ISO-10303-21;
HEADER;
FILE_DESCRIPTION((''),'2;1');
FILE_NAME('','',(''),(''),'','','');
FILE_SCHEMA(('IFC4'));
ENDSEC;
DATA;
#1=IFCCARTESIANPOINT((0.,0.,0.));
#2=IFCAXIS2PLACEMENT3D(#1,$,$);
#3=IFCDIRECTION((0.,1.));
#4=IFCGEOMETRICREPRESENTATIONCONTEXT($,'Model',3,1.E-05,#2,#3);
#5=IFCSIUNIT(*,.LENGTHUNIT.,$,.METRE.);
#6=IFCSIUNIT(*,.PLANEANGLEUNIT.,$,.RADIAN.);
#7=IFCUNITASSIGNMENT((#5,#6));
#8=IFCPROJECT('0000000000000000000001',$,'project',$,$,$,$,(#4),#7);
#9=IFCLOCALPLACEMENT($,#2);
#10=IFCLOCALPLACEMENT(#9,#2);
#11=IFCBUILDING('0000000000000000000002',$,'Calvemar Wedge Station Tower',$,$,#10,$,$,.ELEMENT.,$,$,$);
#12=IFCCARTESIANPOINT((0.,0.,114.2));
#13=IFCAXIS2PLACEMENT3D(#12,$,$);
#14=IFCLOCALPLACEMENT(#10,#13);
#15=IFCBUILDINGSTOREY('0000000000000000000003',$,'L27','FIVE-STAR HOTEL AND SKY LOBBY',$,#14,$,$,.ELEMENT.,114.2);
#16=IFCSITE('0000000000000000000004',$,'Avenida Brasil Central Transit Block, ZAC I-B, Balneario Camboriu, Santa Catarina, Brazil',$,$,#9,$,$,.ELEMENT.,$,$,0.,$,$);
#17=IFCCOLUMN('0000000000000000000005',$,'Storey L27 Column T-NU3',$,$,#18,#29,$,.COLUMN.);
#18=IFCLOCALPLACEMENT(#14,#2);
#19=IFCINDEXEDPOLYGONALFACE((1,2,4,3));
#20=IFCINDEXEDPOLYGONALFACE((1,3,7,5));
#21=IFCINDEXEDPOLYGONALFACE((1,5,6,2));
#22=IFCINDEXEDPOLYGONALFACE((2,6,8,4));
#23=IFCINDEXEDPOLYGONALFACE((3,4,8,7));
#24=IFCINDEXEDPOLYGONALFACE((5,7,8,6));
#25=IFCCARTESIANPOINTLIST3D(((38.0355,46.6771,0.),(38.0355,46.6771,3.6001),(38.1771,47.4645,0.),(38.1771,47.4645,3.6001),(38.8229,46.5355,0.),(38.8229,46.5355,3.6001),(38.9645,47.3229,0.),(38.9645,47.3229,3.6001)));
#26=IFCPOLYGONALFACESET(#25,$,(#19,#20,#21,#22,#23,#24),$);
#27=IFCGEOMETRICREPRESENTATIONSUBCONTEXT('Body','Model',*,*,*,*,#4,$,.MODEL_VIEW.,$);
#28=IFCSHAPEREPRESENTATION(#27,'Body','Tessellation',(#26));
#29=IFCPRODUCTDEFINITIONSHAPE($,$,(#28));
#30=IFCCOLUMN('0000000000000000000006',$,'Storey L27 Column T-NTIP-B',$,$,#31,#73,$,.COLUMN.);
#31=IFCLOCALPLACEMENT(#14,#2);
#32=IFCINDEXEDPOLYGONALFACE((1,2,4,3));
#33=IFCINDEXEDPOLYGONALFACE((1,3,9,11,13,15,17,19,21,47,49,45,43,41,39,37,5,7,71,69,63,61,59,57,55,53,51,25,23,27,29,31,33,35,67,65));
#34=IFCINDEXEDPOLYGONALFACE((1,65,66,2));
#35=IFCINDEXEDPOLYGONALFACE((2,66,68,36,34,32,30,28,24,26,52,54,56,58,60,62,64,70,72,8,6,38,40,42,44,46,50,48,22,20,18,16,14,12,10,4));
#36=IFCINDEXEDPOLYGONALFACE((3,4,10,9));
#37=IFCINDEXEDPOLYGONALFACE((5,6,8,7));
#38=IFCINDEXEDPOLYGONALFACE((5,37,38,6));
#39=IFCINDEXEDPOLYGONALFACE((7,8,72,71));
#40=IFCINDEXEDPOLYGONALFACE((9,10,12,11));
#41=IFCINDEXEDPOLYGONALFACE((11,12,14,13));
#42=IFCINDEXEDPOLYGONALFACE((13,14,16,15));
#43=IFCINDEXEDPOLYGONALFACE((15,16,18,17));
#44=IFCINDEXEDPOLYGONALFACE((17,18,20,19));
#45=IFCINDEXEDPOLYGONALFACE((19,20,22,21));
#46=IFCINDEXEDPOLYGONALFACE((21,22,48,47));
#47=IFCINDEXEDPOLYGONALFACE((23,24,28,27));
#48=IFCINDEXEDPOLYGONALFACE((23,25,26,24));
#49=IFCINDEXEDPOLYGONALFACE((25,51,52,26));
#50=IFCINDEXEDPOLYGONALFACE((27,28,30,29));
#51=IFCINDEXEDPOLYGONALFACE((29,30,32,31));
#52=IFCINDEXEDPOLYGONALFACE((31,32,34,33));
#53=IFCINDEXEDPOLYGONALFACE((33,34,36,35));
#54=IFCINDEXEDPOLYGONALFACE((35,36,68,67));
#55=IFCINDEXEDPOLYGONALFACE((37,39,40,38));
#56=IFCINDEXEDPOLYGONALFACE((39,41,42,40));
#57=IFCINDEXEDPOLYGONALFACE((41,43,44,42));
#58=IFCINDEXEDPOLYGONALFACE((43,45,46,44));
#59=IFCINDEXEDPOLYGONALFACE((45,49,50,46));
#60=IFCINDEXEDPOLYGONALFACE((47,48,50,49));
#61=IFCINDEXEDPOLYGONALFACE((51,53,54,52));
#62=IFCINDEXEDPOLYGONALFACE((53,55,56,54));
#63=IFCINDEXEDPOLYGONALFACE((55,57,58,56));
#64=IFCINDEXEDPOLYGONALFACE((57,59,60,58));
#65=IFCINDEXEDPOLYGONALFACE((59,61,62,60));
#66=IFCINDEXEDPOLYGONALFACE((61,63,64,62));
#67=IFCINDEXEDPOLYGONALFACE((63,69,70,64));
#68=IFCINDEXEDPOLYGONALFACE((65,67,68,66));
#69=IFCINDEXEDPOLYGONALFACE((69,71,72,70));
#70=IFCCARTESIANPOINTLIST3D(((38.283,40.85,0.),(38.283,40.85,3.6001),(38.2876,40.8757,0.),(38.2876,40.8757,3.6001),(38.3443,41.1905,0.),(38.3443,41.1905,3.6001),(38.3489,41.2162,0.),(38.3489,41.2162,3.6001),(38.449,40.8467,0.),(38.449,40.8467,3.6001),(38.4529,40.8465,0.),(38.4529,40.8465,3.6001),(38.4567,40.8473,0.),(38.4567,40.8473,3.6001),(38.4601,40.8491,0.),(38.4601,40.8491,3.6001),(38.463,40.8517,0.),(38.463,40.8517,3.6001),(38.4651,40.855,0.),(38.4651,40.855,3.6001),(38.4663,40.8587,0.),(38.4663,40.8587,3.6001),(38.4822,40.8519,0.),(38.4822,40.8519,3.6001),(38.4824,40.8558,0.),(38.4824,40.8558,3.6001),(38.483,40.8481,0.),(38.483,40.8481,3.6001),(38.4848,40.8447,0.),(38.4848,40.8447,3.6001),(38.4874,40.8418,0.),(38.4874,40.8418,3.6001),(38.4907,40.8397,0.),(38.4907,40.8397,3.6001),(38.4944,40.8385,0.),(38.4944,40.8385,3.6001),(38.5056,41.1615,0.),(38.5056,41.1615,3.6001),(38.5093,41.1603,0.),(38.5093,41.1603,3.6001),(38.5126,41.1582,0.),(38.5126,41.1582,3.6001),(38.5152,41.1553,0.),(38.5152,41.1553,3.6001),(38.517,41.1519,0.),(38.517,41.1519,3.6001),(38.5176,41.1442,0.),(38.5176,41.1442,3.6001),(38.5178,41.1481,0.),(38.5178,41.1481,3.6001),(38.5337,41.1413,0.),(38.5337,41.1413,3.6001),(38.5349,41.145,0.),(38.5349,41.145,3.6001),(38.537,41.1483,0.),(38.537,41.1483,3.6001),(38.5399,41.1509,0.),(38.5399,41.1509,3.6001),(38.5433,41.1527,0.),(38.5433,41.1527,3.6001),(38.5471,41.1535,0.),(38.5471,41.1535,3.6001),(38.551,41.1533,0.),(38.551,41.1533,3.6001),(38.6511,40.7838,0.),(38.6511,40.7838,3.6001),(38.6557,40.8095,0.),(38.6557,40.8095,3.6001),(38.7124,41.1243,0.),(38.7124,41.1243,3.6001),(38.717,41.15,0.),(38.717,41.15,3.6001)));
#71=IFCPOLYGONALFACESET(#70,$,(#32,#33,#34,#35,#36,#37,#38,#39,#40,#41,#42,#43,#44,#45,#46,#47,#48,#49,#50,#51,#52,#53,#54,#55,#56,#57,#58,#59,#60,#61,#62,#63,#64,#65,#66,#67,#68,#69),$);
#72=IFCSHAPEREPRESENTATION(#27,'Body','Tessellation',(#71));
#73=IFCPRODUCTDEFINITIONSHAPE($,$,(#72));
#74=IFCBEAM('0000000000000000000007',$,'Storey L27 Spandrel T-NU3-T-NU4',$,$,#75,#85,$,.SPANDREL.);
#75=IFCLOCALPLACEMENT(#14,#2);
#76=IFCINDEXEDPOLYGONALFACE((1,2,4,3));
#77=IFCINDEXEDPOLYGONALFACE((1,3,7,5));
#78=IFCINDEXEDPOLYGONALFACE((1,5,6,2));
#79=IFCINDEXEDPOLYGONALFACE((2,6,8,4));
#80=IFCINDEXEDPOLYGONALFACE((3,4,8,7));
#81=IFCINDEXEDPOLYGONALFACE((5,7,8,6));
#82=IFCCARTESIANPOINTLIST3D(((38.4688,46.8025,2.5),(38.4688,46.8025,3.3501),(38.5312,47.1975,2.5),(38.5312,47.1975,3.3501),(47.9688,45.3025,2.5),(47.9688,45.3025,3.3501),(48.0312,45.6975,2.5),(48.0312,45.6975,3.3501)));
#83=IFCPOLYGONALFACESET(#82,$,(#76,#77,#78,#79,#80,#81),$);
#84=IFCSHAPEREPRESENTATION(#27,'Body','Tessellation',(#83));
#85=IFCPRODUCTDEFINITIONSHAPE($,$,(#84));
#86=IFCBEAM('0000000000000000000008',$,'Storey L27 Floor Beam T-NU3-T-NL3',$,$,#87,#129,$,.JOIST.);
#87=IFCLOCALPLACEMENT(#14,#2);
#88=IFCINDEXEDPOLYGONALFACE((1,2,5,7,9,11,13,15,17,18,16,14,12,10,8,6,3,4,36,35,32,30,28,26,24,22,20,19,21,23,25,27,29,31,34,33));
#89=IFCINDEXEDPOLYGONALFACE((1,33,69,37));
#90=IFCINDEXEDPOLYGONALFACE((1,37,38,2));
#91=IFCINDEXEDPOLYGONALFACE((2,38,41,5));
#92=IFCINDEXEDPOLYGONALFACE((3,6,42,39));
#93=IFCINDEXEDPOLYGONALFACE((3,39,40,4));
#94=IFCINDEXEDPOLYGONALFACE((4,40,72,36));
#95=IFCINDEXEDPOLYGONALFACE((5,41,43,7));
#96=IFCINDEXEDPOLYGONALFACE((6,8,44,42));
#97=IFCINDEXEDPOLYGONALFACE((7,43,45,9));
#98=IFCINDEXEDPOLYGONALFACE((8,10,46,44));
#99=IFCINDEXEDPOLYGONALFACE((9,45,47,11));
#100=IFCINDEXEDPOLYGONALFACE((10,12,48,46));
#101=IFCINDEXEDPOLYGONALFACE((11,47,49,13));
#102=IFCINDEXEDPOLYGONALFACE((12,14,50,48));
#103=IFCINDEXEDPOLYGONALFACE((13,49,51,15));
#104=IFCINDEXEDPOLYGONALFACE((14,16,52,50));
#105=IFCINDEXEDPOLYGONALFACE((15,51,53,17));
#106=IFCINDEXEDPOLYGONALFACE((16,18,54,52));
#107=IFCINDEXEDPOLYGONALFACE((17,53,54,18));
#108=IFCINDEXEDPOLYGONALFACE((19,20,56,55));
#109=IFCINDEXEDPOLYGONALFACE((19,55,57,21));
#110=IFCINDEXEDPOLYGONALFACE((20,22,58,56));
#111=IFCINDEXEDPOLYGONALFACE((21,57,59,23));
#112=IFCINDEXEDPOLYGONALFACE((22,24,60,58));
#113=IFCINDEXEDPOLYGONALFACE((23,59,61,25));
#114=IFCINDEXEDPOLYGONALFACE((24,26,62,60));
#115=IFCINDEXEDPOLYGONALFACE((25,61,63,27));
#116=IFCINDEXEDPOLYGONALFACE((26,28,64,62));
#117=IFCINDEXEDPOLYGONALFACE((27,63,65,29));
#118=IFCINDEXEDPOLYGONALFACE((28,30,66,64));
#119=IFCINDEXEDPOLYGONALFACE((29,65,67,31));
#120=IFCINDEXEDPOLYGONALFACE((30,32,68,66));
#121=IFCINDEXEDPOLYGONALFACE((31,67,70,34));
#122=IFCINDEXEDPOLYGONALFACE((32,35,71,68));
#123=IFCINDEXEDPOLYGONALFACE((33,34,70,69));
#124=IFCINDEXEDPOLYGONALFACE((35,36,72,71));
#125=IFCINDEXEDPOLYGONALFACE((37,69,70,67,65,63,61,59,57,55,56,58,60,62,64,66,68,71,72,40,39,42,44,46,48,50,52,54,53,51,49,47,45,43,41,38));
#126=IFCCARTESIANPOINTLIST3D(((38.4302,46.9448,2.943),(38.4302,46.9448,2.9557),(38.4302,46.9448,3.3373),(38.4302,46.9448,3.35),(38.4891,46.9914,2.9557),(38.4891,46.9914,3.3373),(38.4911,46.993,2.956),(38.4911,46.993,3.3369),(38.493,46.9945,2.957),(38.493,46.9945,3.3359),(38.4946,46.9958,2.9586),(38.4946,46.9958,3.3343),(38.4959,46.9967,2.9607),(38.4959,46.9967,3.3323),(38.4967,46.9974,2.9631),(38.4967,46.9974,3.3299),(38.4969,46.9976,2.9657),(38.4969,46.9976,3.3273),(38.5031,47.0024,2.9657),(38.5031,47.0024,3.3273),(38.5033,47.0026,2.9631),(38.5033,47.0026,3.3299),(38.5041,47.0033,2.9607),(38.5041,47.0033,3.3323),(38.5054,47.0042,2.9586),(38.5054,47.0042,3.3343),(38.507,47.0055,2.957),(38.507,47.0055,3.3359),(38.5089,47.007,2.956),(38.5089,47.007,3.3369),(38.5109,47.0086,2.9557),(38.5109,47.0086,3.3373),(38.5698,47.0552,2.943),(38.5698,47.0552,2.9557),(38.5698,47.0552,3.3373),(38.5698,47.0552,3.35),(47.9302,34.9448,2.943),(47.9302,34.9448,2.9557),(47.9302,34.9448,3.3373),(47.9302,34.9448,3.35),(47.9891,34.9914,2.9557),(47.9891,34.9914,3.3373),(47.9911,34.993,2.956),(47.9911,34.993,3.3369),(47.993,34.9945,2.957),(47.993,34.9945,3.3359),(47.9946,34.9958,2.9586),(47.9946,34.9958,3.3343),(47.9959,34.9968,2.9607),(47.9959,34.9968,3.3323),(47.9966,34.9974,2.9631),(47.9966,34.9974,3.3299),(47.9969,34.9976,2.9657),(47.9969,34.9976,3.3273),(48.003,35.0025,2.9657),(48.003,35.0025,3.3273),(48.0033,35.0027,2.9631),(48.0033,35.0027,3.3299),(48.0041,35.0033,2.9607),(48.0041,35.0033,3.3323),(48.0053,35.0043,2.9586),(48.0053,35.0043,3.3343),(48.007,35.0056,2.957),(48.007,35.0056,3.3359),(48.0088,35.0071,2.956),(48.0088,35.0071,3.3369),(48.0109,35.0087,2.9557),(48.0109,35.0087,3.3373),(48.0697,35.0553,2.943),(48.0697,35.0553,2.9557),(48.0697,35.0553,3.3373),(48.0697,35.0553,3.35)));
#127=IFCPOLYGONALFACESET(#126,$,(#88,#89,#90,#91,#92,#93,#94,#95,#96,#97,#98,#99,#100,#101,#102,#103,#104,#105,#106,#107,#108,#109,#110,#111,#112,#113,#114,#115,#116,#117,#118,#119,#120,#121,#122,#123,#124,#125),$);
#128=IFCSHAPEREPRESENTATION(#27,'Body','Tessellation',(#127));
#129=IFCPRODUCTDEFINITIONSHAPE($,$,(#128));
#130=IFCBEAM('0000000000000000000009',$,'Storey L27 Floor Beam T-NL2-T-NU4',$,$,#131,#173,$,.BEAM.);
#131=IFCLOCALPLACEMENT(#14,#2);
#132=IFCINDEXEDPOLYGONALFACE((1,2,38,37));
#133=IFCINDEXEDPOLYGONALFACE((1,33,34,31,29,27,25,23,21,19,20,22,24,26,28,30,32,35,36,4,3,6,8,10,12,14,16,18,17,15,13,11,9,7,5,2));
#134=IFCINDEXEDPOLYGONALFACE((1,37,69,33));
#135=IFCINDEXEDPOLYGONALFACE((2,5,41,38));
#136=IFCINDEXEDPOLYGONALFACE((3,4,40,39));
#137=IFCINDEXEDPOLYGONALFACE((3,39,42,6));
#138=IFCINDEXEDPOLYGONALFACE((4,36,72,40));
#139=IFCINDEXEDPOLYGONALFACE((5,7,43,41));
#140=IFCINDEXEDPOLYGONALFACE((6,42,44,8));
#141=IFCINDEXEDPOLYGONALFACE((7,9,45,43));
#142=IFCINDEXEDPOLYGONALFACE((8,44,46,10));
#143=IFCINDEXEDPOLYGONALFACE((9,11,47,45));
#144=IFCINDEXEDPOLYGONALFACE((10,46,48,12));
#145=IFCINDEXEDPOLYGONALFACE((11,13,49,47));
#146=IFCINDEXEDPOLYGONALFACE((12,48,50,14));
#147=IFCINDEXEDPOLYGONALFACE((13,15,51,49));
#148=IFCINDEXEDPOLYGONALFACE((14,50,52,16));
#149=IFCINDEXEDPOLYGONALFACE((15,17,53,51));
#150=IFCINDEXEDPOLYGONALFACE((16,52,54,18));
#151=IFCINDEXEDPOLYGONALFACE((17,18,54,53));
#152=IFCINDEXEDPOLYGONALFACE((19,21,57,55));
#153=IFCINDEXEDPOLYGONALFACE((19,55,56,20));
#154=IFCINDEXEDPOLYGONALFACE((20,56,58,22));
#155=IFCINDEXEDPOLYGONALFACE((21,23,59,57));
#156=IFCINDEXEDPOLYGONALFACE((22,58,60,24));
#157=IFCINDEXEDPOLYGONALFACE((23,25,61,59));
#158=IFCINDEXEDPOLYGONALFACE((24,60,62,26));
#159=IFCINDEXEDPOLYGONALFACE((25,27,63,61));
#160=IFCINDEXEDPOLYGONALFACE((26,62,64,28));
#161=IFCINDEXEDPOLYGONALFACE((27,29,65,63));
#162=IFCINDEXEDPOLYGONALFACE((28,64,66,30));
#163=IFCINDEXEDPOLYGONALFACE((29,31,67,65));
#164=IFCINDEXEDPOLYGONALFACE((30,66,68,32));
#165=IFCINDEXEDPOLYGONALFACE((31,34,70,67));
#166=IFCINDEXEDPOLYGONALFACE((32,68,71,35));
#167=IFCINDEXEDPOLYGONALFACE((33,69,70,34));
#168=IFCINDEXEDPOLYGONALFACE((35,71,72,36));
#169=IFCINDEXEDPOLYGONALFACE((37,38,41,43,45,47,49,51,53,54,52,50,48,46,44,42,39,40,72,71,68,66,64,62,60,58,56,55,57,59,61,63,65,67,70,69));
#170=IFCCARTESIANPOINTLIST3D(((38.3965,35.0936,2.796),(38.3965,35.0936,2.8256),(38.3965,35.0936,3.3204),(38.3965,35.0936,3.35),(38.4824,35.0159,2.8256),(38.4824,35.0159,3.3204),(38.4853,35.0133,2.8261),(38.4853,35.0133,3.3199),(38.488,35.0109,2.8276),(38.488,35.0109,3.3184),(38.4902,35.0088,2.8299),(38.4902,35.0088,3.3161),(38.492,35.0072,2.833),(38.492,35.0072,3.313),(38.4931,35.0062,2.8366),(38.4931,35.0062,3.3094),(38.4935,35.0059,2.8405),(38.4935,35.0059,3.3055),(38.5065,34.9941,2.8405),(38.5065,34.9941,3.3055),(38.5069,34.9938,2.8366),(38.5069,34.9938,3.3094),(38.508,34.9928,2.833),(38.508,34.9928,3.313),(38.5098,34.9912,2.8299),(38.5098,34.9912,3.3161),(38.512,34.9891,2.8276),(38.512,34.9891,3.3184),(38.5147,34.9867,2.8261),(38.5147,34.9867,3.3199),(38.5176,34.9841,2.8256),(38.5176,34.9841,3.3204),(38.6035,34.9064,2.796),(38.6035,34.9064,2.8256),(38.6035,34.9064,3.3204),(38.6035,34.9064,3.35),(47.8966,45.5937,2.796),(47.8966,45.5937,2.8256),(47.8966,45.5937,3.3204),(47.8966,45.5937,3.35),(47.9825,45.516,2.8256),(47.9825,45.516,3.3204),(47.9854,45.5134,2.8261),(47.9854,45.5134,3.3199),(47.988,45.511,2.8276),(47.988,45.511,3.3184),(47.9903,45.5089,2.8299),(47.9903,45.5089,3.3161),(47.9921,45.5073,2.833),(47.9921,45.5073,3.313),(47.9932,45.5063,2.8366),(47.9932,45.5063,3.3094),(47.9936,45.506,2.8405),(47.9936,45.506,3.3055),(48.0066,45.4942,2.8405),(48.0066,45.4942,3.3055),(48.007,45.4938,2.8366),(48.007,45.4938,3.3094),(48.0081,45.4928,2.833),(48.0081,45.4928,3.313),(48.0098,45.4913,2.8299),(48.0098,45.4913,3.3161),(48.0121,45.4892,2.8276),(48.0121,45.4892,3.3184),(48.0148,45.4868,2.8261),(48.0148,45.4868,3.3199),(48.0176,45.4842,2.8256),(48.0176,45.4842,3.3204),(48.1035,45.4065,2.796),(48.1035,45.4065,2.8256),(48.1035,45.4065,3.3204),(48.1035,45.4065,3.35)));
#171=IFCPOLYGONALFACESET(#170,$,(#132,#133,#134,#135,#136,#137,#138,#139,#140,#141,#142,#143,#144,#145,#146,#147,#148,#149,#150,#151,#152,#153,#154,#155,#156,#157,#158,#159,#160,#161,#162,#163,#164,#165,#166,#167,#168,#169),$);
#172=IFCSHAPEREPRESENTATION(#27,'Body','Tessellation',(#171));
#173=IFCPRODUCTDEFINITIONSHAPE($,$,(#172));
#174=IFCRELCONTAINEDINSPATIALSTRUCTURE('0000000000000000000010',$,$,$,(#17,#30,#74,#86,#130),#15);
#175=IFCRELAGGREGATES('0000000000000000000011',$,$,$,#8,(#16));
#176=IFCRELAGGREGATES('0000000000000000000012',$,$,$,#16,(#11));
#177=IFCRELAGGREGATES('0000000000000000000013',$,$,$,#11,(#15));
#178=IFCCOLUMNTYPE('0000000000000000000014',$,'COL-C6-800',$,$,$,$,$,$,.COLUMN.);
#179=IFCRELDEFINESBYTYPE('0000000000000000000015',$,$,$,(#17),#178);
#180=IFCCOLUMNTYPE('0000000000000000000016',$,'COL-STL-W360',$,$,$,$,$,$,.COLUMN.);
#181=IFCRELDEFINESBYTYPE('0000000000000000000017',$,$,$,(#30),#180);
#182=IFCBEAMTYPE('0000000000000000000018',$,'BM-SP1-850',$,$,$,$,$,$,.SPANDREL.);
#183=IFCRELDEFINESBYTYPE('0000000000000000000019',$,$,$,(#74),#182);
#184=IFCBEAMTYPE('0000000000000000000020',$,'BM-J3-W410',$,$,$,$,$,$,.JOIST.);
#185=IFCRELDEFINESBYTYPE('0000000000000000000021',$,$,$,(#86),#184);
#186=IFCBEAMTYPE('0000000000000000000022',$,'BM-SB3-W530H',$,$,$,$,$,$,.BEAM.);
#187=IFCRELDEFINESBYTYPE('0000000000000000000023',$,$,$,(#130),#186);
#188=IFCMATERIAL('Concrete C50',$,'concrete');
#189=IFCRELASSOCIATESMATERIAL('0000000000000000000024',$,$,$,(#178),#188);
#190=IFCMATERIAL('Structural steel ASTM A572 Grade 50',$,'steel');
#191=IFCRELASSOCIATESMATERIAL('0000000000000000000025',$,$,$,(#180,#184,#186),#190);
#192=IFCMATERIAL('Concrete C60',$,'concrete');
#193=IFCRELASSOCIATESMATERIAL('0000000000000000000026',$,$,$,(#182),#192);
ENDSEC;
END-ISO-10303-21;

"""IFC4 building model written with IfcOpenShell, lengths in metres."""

from ifc_helpers import new_model, si_unit, direction, frame, origin, origin_2d, place, context, subcontext, project, spatial, rectangle, i_section, extrude, source, transform, mapped, material, material_profile, profile_set, type_object, element, save


model = new_model("IFC4")

# Units and contexts
model_context = context("Model", 3, precision=1e-05, world=origin(), true_north=direction((0.0, 1.0)))
body_context = subcontext(model_context, "Body", "Model", "MODEL_VIEW")
ifc_project = project(units=[si_unit("LENGTHUNIT", "METRE"), si_unit("PLANEANGLEUNIT", "RADIAN")], contexts=[model_context])

# Site, building, storey
site_placement = place(None, origin())
site = spatial("IfcSite", under=ifc_project, at=site_placement, Name="Avenida Brasil Central Transit Block, ZAC I-B, Balneario Camboriu, Santa Catarina, Brazil", CompositionType="ELEMENT", RefElevation=0.0)
building_placement = place(site_placement, origin())
building = spatial("IfcBuilding", under=site, at=building_placement, Name="Calvemar Wedge Station Tower", CompositionType="ELEMENT")
storey_placement = place(building_placement, frame((0.0, 0.0, 114.2)))
storey = spatial("IfcBuildingStorey", under=building, at=storey_placement, Name="L27", Description="FIVE-STAR HOTEL AND SKY LOBBY", CompositionType="ELEMENT", Elevation=114.2)

# Columns
ifc_material_1 = material(Name="Concrete C50", Category="concrete")
ifc_material_profile_1 = material_profile(ifc_material_1, rectangle(XDim=0.8, YDim=0.8, at=origin_2d()), Name="RC800x800")
ifc_profile_set_1 = profile_set([ifc_material_profile_1], Name="Concrete C50")
column_type_1 = type_object("IfcColumnType", Name="COL-C6-800", PredefinedType="COLUMN", material=ifc_profile_set_1)
shared_shape_1 = source(origin(), body_context, "Body", "SweptSolid", [
    extrude(rectangle(XDim=0.8, YDim=0.8, at=origin_2d()), origin(), (0.0, 0.0, 1.0), 3.6001),
])
column_1_placement = place(storey_placement, frame((38.5, 47.0, 0.0), z_axis=(0.0, 0.0, 1.0), x_axis=(0.984196, -0.177085, 0.0)))
element("IfcColumn", 1, at=column_1_placement, inside=storey, type_object=column_type_1, Name="Storey L27 Column T-NU3", PredefinedType="COLUMN", context=body_context, shape_type="MappedRepresentation", body=[
    mapped(shared_shape_1, transform((0.0, 0.0, 0.0), scale=1.0)),
])
ifc_material_2 = material(Name="Structural steel ASTM A572 Grade 50", Category="steel")
ifc_material_profile_2 = material_profile(ifc_material_2, i_section(OverallWidth=0.374, OverallDepth=0.3721, WebThickness=0.0164, FlangeThickness=0.0261, FilletRadius=0.0149, at=origin_2d()), Name="W360x196")
ifc_profile_set_2 = profile_set([ifc_material_profile_2], Name="Structural steel ASTM A572 Grade 50")
column_type_2 = type_object("IfcColumnType", Name="COL-STL-W360", PredefinedType="COLUMN", material=ifc_profile_set_2)
shared_shape_2 = source(origin(), body_context, "Body", "SweptSolid", [
    extrude(i_section(OverallWidth=0.374, OverallDepth=0.3721, WebThickness=0.0164, FlangeThickness=0.0261, FilletRadius=0.0149, at=origin_2d()), origin(), (0.0, 0.0, 1.0), 3.6001),
])
column_2_placement = place(storey_placement, frame((38.5, 41.0, 0.0), z_axis=(0.0, 0.0, 1.0), x_axis=(0.984196, -0.177085, 0.0)))
element("IfcColumn", 2, at=column_2_placement, inside=storey, type_object=column_type_2, Name="Storey L27 Column T-NTIP-B", PredefinedType="COLUMN", context=body_context, shape_type="MappedRepresentation", body=[
    mapped(shared_shape_2, transform((0.0, 0.0, 0.0), scale=1.0)),
])

# Beams
ifc_material_3 = material(Name="Concrete C60", Category="concrete")
ifc_material_profile_3 = material_profile(ifc_material_3, rectangle(XDim=0.3999, YDim=0.8501, at=origin_2d()), Name="RC400x850")
ifc_profile_set_3 = profile_set([ifc_material_profile_3], Name="Concrete C60")
beam_type_1 = type_object("IfcBeamType", Name="BM-SP1-850", PredefinedType="SPANDREL", material=ifc_profile_set_3)
shared_shape_3 = source(origin(), body_context, "Body", "SweptSolid", [
    extrude(rectangle(XDim=0.3999, YDim=0.8501, at=origin_2d()), origin(), (0.0, 0.0, 1.0), 9.6177),
])
beam_1_placement = place(storey_placement, frame((38.5, 47.0, 2.925), z_axis=(0.987763, -0.155963, 0.0), x_axis=(0.155963, 0.987763, 0.0)))
element("IfcBeam", 3, at=beam_1_placement, inside=storey, type_object=beam_type_1, Name="Storey L27 Spandrel T-NU3-T-NU4", PredefinedType="SPANDREL", context=body_context, shape_type="MappedRepresentation", body=[
    mapped(shared_shape_3, transform((0.0, 0.0, 0.0), scale=1.0)),
])
ifc_material_profile_4 = material_profile(ifc_material_2, i_section(OverallWidth=0.178, OverallDepth=0.407, WebThickness=0.0078, FlangeThickness=0.0127, FilletRadius=0.01, at=origin_2d()), Name="W410x60")
ifc_profile_set_4 = profile_set([ifc_material_profile_4], Name="Structural steel ASTM A572 Grade 50")
beam_type_2 = type_object("IfcBeamType", Name="BM-J3-W410", PredefinedType="JOIST", material=ifc_profile_set_4)
shared_shape_4 = source(origin(), body_context, "Body", "SweptSolid", [
    extrude(i_section(OverallWidth=0.178, OverallDepth=0.407, WebThickness=0.0078, FlangeThickness=0.0127, FilletRadius=0.01, at=origin_2d()), origin(), (0.0, 0.0, 1.0), 15.3052),
])
beam_2_placement = place(storey_placement, frame((38.5, 47.0, 3.1465), z_axis=(0.620703, -0.784046, 0.0), x_axis=(0.784046, 0.620703, 0.0)))
element("IfcBeam", 4, at=beam_2_placement, inside=storey, type_object=beam_type_2, Name="Storey L27 Floor Beam T-NU3-T-NL3", PredefinedType="JOIST", context=body_context, shape_type="MappedRepresentation", body=[
    mapped(shared_shape_4, transform((0.0, 0.0, 0.0), scale=1.0)),
])
ifc_material_profile_5 = material_profile(ifc_material_2, i_section(OverallWidth=0.2791, OverallDepth=0.554, WebThickness=0.0176, FlangeThickness=0.0295, FilletRadius=0.0149, at=origin_2d()), Name="W530x196")
ifc_profile_set_5 = profile_set([ifc_material_profile_5], Name="Structural steel ASTM A572 Grade 50")
beam_type_3 = type_object("IfcBeamType", Name="BM-SB3-W530H", PredefinedType="BEAM", material=ifc_profile_set_5)
shared_shape_5 = source(origin(), body_context, "Body", "SweptSolid", [
    extrude(i_section(OverallWidth=0.2791, OverallDepth=0.554, WebThickness=0.0176, FlangeThickness=0.0295, FilletRadius=0.0149, at=origin_2d()), origin(), (0.0, 0.0, 1.0), 14.1599),
])
beam_3_placement = place(storey_placement, frame((38.5, 35.0, 3.073), z_axis=(0.670913, 0.741536, 0.0), x_axis=(-0.741536, 0.670913, 0.0)))
element("IfcBeam", 5, at=beam_3_placement, inside=storey, type_object=beam_type_3, Name="Storey L27 Floor Beam T-NL2-T-NU4", PredefinedType="BEAM", context=body_context, shape_type="MappedRepresentation", body=[
    mapped(shared_shape_5, transform((0.0, 0.0, 0.0), scale=1.0)),
])

save(model, "model.ifc")
